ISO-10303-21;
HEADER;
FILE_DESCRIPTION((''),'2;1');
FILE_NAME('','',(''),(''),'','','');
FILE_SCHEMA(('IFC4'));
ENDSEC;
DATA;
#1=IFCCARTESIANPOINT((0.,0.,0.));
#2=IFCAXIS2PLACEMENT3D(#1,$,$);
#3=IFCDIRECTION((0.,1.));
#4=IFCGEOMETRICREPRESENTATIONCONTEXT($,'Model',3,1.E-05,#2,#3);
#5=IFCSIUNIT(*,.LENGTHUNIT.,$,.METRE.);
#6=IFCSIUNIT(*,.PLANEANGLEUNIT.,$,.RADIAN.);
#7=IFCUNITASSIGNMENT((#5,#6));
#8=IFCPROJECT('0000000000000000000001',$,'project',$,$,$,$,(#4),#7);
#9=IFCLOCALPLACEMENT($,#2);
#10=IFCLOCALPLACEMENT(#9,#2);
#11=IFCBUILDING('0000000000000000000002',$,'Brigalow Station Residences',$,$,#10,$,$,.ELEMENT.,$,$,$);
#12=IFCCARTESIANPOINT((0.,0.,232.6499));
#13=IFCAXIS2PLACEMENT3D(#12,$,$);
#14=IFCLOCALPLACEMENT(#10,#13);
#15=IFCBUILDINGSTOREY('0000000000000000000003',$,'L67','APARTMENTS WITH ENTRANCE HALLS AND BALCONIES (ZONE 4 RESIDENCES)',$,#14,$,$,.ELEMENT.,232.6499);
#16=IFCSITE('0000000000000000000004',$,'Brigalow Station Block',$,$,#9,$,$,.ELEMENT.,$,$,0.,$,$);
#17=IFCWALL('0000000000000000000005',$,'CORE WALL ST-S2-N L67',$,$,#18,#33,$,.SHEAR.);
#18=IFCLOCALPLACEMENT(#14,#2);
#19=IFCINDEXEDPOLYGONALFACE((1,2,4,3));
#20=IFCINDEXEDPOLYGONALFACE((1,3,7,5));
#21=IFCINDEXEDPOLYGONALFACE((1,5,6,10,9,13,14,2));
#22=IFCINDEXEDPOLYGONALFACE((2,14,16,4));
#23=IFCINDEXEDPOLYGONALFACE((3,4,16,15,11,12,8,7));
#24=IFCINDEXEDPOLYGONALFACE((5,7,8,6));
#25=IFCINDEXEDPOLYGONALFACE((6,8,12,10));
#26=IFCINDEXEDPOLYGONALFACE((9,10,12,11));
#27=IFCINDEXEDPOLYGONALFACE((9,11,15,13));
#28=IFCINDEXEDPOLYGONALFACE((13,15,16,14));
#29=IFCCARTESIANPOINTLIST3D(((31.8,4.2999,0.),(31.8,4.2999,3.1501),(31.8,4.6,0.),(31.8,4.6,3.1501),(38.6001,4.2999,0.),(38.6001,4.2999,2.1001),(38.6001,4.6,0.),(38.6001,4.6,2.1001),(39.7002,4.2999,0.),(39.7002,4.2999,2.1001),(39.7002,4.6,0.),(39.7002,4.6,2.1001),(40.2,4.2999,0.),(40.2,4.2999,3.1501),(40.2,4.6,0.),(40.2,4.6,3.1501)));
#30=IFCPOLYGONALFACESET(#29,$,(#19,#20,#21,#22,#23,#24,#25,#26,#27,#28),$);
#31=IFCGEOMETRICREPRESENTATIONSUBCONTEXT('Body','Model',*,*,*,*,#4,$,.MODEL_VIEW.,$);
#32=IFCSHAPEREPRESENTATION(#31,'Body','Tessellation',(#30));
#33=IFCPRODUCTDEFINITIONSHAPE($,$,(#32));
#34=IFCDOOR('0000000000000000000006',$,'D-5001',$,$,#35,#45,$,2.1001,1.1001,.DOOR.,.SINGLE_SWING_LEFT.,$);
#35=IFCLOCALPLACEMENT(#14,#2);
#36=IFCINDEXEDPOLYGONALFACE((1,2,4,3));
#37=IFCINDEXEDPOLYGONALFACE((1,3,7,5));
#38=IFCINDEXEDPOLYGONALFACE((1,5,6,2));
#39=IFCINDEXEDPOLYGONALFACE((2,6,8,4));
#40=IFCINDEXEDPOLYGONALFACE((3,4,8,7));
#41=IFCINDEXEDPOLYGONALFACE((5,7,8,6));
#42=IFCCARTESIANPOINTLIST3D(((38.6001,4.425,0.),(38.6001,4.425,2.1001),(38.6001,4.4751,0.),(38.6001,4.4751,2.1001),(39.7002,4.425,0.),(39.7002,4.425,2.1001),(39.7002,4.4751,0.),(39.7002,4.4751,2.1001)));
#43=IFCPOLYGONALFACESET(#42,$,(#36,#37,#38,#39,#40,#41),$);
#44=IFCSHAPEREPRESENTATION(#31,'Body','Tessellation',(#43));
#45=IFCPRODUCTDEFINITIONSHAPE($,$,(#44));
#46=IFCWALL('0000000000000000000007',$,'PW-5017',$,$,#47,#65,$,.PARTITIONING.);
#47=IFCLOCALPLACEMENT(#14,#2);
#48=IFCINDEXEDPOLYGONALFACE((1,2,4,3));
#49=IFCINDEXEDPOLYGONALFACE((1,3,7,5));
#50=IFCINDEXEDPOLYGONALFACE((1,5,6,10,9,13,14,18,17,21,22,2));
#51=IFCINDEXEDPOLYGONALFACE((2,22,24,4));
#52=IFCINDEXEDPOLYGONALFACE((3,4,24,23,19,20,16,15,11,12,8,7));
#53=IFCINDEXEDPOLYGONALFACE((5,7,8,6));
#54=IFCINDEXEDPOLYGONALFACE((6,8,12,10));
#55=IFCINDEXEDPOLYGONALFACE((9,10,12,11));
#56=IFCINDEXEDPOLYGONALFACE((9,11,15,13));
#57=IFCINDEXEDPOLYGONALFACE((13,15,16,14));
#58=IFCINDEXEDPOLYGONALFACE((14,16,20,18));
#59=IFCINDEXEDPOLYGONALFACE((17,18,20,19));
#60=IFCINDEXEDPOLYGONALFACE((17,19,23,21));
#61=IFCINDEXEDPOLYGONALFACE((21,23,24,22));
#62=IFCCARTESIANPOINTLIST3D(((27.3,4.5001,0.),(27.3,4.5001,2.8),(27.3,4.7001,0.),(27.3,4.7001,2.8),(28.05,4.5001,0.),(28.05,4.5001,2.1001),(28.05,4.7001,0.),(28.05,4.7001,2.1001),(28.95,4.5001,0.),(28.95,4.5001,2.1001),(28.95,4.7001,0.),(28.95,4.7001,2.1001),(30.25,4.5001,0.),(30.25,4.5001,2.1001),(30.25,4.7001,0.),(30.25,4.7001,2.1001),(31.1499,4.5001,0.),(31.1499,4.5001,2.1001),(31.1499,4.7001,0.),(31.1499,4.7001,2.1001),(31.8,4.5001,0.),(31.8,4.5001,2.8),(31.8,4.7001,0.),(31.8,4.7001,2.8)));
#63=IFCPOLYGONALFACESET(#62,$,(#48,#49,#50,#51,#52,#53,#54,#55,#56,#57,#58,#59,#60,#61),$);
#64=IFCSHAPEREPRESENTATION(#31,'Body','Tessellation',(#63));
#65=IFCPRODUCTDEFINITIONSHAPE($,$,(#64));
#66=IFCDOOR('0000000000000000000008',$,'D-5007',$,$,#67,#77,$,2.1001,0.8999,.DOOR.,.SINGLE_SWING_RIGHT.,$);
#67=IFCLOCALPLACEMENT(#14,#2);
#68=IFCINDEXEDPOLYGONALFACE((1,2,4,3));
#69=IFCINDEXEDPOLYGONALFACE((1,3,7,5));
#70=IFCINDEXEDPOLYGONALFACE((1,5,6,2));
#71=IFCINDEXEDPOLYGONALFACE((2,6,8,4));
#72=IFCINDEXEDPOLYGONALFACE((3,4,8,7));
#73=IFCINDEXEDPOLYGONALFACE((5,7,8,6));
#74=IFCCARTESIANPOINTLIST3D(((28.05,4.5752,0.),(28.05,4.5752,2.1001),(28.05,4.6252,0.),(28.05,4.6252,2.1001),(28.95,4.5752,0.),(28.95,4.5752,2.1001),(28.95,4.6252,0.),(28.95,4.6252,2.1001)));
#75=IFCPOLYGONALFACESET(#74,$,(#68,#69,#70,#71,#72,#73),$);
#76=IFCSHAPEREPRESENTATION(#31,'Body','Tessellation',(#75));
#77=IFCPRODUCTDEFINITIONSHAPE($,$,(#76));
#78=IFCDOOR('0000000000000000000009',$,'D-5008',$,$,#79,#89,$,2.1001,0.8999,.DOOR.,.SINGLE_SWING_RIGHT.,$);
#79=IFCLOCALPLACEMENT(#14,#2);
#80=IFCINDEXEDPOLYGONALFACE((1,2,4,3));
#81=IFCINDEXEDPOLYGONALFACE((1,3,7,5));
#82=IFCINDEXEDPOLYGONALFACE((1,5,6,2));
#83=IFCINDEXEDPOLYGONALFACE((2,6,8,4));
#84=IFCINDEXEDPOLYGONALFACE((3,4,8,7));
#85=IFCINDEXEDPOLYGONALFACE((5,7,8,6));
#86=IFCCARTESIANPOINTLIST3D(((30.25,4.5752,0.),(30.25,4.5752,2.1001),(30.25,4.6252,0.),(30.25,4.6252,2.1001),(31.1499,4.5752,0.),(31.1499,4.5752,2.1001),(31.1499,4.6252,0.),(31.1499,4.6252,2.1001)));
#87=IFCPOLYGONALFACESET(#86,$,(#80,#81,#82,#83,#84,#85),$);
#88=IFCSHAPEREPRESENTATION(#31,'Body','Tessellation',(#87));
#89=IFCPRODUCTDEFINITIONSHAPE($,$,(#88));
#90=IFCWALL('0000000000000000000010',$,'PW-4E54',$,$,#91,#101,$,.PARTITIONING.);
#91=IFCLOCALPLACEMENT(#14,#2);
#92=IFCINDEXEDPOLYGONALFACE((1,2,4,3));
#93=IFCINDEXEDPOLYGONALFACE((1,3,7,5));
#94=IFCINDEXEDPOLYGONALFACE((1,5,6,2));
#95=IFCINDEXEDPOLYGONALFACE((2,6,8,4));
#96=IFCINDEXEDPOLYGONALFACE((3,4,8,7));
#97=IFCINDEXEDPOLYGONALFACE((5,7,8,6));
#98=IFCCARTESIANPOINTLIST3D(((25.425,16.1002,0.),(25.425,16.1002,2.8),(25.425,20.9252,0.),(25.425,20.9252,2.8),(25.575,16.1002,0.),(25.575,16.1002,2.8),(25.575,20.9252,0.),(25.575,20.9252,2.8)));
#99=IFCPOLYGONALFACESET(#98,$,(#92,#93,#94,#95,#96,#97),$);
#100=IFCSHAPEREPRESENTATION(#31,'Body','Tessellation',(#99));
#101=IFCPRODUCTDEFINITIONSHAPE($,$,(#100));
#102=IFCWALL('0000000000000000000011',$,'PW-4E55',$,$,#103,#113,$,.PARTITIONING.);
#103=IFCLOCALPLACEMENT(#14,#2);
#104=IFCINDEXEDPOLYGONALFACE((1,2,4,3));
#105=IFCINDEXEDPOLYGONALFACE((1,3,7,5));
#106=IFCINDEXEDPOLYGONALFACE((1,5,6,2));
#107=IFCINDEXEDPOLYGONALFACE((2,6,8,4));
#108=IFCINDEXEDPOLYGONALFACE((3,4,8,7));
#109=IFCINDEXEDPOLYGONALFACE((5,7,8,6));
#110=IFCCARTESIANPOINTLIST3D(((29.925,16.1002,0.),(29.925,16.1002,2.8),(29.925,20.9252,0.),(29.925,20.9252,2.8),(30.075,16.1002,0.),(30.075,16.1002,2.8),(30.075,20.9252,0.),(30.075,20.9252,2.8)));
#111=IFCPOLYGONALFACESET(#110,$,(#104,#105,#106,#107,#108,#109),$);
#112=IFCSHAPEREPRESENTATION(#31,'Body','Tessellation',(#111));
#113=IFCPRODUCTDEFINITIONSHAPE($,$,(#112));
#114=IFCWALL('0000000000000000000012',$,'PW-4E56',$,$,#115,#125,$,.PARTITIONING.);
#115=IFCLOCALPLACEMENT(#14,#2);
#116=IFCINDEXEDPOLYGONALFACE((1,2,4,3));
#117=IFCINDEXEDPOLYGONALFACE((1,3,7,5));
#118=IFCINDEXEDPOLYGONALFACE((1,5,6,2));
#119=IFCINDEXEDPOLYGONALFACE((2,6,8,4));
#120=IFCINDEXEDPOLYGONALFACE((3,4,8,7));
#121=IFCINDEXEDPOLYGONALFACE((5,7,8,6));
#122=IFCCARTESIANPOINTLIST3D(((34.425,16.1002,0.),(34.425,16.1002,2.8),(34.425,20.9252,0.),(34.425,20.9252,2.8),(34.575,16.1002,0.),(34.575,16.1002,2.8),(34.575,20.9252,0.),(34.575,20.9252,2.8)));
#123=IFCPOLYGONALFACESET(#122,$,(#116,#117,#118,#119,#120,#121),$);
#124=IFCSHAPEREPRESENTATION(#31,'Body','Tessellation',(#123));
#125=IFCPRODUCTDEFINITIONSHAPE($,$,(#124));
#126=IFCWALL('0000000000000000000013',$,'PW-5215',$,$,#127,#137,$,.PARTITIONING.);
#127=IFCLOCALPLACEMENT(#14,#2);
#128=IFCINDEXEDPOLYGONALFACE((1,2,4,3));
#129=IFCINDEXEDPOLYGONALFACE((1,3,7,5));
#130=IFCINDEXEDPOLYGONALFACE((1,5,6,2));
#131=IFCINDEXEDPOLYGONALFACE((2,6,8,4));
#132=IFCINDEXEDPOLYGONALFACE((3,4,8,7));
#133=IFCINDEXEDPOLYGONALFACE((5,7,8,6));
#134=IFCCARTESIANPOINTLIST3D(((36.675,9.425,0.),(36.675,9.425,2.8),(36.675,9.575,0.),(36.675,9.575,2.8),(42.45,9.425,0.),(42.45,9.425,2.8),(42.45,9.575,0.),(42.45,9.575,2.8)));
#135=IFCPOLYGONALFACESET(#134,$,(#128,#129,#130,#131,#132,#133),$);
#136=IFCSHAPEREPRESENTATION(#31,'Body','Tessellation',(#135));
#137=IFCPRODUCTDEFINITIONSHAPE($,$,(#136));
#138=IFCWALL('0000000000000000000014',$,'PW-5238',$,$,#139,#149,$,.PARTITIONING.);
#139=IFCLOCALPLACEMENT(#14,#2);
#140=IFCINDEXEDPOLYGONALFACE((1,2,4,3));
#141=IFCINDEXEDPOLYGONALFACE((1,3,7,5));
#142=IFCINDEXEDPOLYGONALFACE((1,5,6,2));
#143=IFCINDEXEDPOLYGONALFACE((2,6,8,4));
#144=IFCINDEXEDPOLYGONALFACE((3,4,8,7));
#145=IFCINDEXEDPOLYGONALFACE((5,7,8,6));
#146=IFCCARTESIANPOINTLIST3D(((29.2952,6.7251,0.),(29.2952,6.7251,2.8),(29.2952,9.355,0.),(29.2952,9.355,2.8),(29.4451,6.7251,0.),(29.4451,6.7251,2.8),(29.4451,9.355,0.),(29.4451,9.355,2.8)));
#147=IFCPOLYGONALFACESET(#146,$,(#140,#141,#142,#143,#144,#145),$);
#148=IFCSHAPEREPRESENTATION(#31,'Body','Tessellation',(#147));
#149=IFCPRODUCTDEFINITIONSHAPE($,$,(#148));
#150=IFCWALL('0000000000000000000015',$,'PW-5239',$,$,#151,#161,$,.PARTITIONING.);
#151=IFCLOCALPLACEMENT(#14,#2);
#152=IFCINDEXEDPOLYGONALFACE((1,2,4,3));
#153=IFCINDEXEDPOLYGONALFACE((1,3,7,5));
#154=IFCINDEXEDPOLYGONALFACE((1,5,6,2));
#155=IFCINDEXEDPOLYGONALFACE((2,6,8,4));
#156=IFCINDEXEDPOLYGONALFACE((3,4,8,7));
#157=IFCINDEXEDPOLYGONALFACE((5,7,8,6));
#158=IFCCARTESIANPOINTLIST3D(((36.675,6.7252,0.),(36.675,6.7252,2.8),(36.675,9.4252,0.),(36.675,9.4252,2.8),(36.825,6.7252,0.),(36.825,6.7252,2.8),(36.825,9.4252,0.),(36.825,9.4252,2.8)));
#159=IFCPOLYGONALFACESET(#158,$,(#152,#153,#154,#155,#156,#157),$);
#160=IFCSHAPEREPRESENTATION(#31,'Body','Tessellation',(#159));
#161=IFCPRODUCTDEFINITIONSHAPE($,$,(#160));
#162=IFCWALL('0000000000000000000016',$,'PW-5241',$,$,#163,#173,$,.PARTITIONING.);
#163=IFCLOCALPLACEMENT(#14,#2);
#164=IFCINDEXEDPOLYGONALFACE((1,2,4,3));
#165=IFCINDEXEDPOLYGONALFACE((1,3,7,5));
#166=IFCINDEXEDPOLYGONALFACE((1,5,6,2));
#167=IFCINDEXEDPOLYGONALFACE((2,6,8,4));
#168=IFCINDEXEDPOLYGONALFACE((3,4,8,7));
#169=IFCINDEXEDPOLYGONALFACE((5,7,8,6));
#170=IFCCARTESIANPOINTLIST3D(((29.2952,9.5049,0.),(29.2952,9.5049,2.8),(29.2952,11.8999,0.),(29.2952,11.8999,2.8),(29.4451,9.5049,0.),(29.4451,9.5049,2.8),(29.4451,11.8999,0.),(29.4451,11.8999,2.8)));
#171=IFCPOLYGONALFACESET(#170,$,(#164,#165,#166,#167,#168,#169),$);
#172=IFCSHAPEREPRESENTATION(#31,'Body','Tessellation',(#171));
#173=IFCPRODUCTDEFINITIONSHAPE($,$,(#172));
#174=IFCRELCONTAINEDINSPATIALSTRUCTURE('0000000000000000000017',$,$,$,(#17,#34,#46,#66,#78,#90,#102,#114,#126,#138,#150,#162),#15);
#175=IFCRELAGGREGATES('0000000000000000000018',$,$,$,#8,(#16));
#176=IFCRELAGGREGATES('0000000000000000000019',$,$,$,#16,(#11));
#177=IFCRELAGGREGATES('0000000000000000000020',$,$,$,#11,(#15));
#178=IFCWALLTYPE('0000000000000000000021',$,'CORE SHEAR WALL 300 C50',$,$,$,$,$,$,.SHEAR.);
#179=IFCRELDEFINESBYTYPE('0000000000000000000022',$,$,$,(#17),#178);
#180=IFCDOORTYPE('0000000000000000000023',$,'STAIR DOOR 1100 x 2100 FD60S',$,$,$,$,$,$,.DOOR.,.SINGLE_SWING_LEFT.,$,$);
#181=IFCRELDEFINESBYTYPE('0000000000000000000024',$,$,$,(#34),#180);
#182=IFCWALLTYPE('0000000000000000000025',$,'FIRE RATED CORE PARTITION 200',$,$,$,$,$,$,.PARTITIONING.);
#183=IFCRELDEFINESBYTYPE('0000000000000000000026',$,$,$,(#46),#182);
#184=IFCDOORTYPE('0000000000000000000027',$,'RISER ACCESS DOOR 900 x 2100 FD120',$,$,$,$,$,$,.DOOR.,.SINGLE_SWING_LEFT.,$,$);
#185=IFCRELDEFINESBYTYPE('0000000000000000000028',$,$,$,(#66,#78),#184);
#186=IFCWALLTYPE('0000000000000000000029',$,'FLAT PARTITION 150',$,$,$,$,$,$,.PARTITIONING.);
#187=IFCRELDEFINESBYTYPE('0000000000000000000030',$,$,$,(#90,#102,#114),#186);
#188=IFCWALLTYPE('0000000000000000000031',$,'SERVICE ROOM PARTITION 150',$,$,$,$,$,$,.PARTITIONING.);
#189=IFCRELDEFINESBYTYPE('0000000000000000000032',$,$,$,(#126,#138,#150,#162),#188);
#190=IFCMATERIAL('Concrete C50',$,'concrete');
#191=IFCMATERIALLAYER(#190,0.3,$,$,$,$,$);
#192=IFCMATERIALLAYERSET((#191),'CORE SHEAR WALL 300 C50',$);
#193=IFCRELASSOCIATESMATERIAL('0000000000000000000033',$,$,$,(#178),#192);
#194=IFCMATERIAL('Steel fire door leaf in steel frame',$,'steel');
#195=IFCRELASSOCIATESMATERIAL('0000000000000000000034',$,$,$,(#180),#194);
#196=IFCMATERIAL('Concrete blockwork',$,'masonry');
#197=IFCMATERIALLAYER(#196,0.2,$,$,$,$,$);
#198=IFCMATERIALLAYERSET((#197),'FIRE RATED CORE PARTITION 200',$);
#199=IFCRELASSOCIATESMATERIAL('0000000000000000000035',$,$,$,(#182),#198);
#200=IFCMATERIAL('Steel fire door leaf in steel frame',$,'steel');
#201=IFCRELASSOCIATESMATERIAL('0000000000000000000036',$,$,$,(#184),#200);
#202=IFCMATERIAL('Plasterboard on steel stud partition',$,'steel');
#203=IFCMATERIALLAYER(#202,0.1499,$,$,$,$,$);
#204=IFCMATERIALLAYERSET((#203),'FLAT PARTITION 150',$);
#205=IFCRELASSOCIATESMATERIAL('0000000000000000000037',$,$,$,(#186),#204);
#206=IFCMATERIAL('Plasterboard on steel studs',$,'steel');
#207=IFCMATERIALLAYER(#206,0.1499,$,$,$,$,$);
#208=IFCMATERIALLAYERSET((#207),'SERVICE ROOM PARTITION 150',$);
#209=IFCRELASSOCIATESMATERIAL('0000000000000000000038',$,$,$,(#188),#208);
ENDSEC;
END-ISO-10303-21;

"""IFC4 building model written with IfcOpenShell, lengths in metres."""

from ifc_helpers import new_model, si_unit, direction, frame, frame_2d, origin, place, context, subcontext, project, spatial, rectangle, extrude, material, layer, layer_set, type_object, element, fill, save


model = new_model("IFC4")

# Units and contexts
model_context = context("Model", 3, precision=1e-05, world=origin(), true_north=direction((0.0, 1.0)))
body_context = subcontext(model_context, "Body", "Model", "MODEL_VIEW")
ifc_project = project(units=[si_unit("LENGTHUNIT", "METRE"), si_unit("PLANEANGLEUNIT", "RADIAN")], contexts=[model_context])

# Site, building, storey
site_placement = place(None, origin())
site = spatial("IfcSite", under=ifc_project, at=site_placement, Name="Brigalow Station Block", CompositionType="ELEMENT", RefElevation=0.0)
building_placement = place(site_placement, origin())
building = spatial("IfcBuilding", under=site, at=building_placement, Name="Brigalow Station Residences", CompositionType="ELEMENT")
storey_placement = place(building_placement, frame((0.0, 0.0, 232.6499)))
storey = spatial("IfcBuildingStorey", under=building, at=storey_placement, Name="L67", Description="APARTMENTS WITH ENTRANCE HALLS AND BALCONIES (ZONE 4 RESIDENCES)", CompositionType="ELEMENT", Elevation=232.6499)

# Wall, opening, door
ifc_material_1 = material(Name="Concrete C50", Category="concrete")
ifc_layer_1 = layer(ifc_material_1, 0.3)
ifc_layer_set_1 = layer_set([ifc_layer_1], Name="CORE SHEAR WALL 300 C50")
wall_type_1 = type_object("IfcWallType", Name="CORE SHEAR WALL 300 C50", PredefinedType="SHEAR", material=ifc_layer_set_1)
wall_1_placement = place(storey_placement, frame((31.8, 4.45, 0.0), z_axis=(0.0, 0.0, 1.0), x_axis=(1.0, 0.0, 0.0)))
wall_1 = element("IfcWall", 1, at=wall_1_placement, inside=storey, type_object=wall_type_1, Name="CORE WALL ST-S2-N L67", PredefinedType="SHEAR", context=body_context, shape_type="SweptSolid", body=[
    extrude(rectangle(XDim=8.3999, YDim=0.3, at=frame_2d((4.2, 0.0))), origin(), (0.0, 0.0, 1.0), 3.1501),
])
opening_1_placement = place(wall_1_placement, frame((6.8, 0.0, 0.0)))
opening_1 = element("IfcOpeningElement", 2, at=opening_1_placement, cuts=wall_1, PredefinedType="OPENING", context=body_context, shape_type="SweptSolid", body=[
    extrude(rectangle(XDim=1.1001, YDim=2.1001, at=frame_2d((0.55, 1.05))), frame((0.0, 0.1602, 0.0), z_axis=(0.0, -1.0, 0.0), x_axis=(1.0, 0.0, 0.0)), (0.0, 0.0, 1.0), 0.3201),
])
ifc_material_2 = material(Name="Steel fire door leaf in steel frame", Category="steel")
door_type_1 = type_object("IfcDoorType", Name="STAIR DOOR 1100 x 2100 FD60S", OperationType="SINGLE_SWING_LEFT", PredefinedType="DOOR", material=ifc_material_2)
door_1_placement = place(opening_1_placement, frame((1.1001, 0.0, 0.0), z_axis=(0.0, 0.0, 1.0), x_axis=(-1.0, 0.0, 0.0)))
door_1 = element("IfcDoor", 3, at=door_1_placement, inside=storey, type_object=door_type_1, Name="D-5001", OperationType="SINGLE_SWING_LEFT", OverallHeight=2.1001, OverallWidth=1.1001, PredefinedType="DOOR", context=body_context, shape_type="SweptSolid", body=[
    extrude(rectangle(XDim=1.1001, YDim=2.1001, at=frame_2d((0.55, 1.05))), frame((0.0, 0.0249, 0.0), z_axis=(0.0, -1.0, 0.0), x_axis=(1.0, 0.0, 0.0)), (0.0, 0.0, 1.0), 0.05),
])
fill(opening_1, door_1)

# Wall, openings, doors
ifc_material_3 = material(Name="Concrete blockwork", Category="masonry")
ifc_layer_2 = layer(ifc_material_3, 0.2)
ifc_layer_set_2 = layer_set([ifc_layer_2], Name="FIRE RATED CORE PARTITION 200")
wall_type_2 = type_object("IfcWallType", Name="FIRE RATED CORE PARTITION 200", PredefinedType="PARTITIONING", material=ifc_layer_set_2)
wall_2_placement = place(storey_placement, frame((27.3, 4.6001, 0.0), z_axis=(0.0, 0.0, 1.0), x_axis=(1.0, 0.0, 0.0)))
wall_2 = element("IfcWall", 4, at=wall_2_placement, inside=storey, type_object=wall_type_2, Name="PW-5017", PredefinedType="PARTITIONING", context=body_context, shape_type="SweptSolid", body=[
    extrude(rectangle(XDim=4.5, YDim=0.2, at=frame_2d((2.25, 0.0))), origin(), (0.0, 0.0, 1.0), 2.8),
])
opening_2_placement = place(wall_2_placement, frame((0.75, 0.0, 0.0)))
opening_2 = element("IfcOpeningElement", 5, at=opening_2_placement, cuts=wall_2, PredefinedType="OPENING", context=body_context, shape_type="SweptSolid", body=[
    extrude(rectangle(XDim=0.8999, YDim=2.1001, at=frame_2d((0.45, 1.05))), frame((0.0, 0.1099, 0.0), z_axis=(0.0, -1.0, 0.0), x_axis=(1.0, 0.0, 0.0)), (0.0, 0.0, 1.0), 0.22),
])
opening_3_placement = place(wall_2_placement, frame((2.95, 0.0, 0.0)))
opening_3 = element("IfcOpeningElement", 6, at=opening_3_placement, cuts=wall_2, PredefinedType="OPENING", context=body_context, shape_type="SweptSolid", body=[
    extrude(rectangle(XDim=0.8999, YDim=2.1001, at=frame_2d((0.45, 1.05))), frame((0.0, 0.1099, 0.0), z_axis=(0.0, -1.0, 0.0), x_axis=(1.0, 0.0, 0.0)), (0.0, 0.0, 1.0), 0.22),
])
ifc_material_4 = material(Name="Steel fire door leaf in steel frame", Category="steel")
door_type_2 = type_object("IfcDoorType", Name="RISER ACCESS DOOR 900 x 2100 FD120", OperationType="SINGLE_SWING_LEFT", PredefinedType="DOOR", material=ifc_material_4)
door_2_placement = place(opening_2_placement, frame((0.8999, 0.0, 0.0), z_axis=(0.0, 0.0, 1.0), x_axis=(-1.0, 0.0, 0.0)))
door_2 = element("IfcDoor", 7, at=door_2_placement, inside=storey, type_object=door_type_2, Name="D-5007", OperationType="SINGLE_SWING_RIGHT", OverallHeight=2.1001, OverallWidth=0.8999, PredefinedType="DOOR", context=body_context, shape_type="SweptSolid", body=[
    extrude(rectangle(XDim=0.8999, YDim=2.1001, at=frame_2d((0.45, 1.05))), frame((0.0, 0.0249, 0.0), z_axis=(0.0, -1.0, 0.0), x_axis=(1.0, 0.0, 0.0)), (0.0, 0.0, 1.0), 0.05),
])
fill(opening_2, door_2)
door_3_placement = place(opening_3_placement, frame((0.8999, 0.0, 0.0), z_axis=(0.0, 0.0, 1.0), x_axis=(-1.0, 0.0, 0.0)))
door_3 = element("IfcDoor", 8, at=door_3_placement, inside=storey, type_object=door_type_2, Name="D-5008", OperationType="SINGLE_SWING_RIGHT", OverallHeight=2.1001, OverallWidth=0.8999, PredefinedType="DOOR", context=body_context, shape_type="SweptSolid", body=[
    extrude(rectangle(XDim=0.8999, YDim=2.1001, at=frame_2d((0.45, 1.05))), frame((0.0, 0.0249, 0.0), z_axis=(0.0, -1.0, 0.0), x_axis=(1.0, 0.0, 0.0)), (0.0, 0.0, 1.0), 0.05),
])
fill(opening_3, door_3)

# Walls
ifc_material_5 = material(Name="Plasterboard on steel stud partition", Category="steel")
ifc_layer_3 = layer(ifc_material_5, 0.1499)
ifc_layer_set_3 = layer_set([ifc_layer_3], Name="FLAT PARTITION 150")
wall_type_3 = type_object("IfcWallType", Name="FLAT PARTITION 150", PredefinedType="PARTITIONING", material=ifc_layer_set_3)
for number, where, z_axis, x_axis, name in (
    (9, (25.5, 16.1001, 0.0), (0.0, 0.0, 1.0), (0.0, 1.0, 0.0), "PW-4E54"),
    (10, (30.0, 16.1001, 0.0), (0.0, 0.0, 1.0), (0.0, 1.0, 0.0), "PW-4E55"),
    (11, (34.5, 16.1001, 0.0), (0.0, 0.0, 1.0), (0.0, 1.0, 0.0), "PW-4E56"),
):
    element("IfcWall", number, at=place(storey_placement, frame(where, z_axis=z_axis, x_axis=x_axis)), inside=storey, type_object=wall_type_3, Name=name, PredefinedType="PARTITIONING", context=body_context, shape_type="SweptSolid", body=[
        extrude(rectangle(XDim=4.825, YDim=0.1499, at=frame_2d((2.4126, 0.0))), origin(), (0.0, 0.0, 1.0), 2.8),
    ])
ifc_material_6 = material(Name="Plasterboard on steel studs", Category="steel")
ifc_layer_4 = layer(ifc_material_6, 0.1499)
ifc_layer_set_4 = layer_set([ifc_layer_4], Name="SERVICE ROOM PARTITION 150")
wall_type_4 = type_object("IfcWallType", Name="SERVICE ROOM PARTITION 150", PredefinedType="PARTITIONING", material=ifc_layer_set_4)
wall_3_placement = place(storey_placement, frame((36.675, 9.5, 0.0), z_axis=(0.0, 0.0, 1.0), x_axis=(1.0, 0.0, 0.0)))
element("IfcWall", 12, at=wall_3_placement, inside=storey, type_object=wall_type_4, Name="PW-5215", PredefinedType="PARTITIONING", context=body_context, shape_type="SweptSolid", body=[
    extrude(rectangle(XDim=5.7749, YDim=0.1499, at=frame_2d((2.8875, 0.0))), origin(), (0.0, 0.0, 1.0), 2.8),
])
wall_4_placement = place(storey_placement, frame((29.3701, 6.7251, 0.0), z_axis=(0.0, 0.0, 1.0), x_axis=(0.0, 1.0, 0.0)))
element("IfcWall", 13, at=wall_4_placement, inside=storey, type_object=wall_type_4, Name="PW-5238", PredefinedType="PARTITIONING", context=body_context, shape_type="SweptSolid", body=[
    extrude(rectangle(XDim=2.6299, YDim=0.1499, at=frame_2d((1.3149, 0.0))), origin(), (0.0, 0.0, 1.0), 2.8),
])
wall_5_placement = place(storey_placement, frame((36.75, 6.7251, 0.0), z_axis=(0.0, 0.0, 1.0), x_axis=(0.0, 1.0, 0.0)))
element("IfcWall", 14, at=wall_5_placement, inside=storey, type_object=wall_type_4, Name="PW-5239", PredefinedType="PARTITIONING", context=body_context, shape_type="SweptSolid", body=[
    extrude(rectangle(XDim=2.7, YDim=0.1499, at=frame_2d((1.3501, 0.0))), origin(), (0.0, 0.0, 1.0), 2.8),
])
for number, where, z_axis, x_axis, name in (
    (15, (29.3701, 9.5049, 0.0), (0.0, 0.0, 1.0), (0.0, 1.0, 0.0), "PW-5241"),
):
    element("IfcWall", number, at=place(storey_placement, frame(where, z_axis=z_axis, x_axis=x_axis)), inside=storey, type_object=wall_type_4, Name=name, PredefinedType="PARTITIONING", context=body_context, shape_type="SweptSolid", body=[
        extrude(rectangle(XDim=2.395, YDim=0.1499, at=frame_2d((1.1975, 0.0))), origin(), (0.0, 0.0, 1.0), 2.8),
    ])

save(model, "model.ifc")
